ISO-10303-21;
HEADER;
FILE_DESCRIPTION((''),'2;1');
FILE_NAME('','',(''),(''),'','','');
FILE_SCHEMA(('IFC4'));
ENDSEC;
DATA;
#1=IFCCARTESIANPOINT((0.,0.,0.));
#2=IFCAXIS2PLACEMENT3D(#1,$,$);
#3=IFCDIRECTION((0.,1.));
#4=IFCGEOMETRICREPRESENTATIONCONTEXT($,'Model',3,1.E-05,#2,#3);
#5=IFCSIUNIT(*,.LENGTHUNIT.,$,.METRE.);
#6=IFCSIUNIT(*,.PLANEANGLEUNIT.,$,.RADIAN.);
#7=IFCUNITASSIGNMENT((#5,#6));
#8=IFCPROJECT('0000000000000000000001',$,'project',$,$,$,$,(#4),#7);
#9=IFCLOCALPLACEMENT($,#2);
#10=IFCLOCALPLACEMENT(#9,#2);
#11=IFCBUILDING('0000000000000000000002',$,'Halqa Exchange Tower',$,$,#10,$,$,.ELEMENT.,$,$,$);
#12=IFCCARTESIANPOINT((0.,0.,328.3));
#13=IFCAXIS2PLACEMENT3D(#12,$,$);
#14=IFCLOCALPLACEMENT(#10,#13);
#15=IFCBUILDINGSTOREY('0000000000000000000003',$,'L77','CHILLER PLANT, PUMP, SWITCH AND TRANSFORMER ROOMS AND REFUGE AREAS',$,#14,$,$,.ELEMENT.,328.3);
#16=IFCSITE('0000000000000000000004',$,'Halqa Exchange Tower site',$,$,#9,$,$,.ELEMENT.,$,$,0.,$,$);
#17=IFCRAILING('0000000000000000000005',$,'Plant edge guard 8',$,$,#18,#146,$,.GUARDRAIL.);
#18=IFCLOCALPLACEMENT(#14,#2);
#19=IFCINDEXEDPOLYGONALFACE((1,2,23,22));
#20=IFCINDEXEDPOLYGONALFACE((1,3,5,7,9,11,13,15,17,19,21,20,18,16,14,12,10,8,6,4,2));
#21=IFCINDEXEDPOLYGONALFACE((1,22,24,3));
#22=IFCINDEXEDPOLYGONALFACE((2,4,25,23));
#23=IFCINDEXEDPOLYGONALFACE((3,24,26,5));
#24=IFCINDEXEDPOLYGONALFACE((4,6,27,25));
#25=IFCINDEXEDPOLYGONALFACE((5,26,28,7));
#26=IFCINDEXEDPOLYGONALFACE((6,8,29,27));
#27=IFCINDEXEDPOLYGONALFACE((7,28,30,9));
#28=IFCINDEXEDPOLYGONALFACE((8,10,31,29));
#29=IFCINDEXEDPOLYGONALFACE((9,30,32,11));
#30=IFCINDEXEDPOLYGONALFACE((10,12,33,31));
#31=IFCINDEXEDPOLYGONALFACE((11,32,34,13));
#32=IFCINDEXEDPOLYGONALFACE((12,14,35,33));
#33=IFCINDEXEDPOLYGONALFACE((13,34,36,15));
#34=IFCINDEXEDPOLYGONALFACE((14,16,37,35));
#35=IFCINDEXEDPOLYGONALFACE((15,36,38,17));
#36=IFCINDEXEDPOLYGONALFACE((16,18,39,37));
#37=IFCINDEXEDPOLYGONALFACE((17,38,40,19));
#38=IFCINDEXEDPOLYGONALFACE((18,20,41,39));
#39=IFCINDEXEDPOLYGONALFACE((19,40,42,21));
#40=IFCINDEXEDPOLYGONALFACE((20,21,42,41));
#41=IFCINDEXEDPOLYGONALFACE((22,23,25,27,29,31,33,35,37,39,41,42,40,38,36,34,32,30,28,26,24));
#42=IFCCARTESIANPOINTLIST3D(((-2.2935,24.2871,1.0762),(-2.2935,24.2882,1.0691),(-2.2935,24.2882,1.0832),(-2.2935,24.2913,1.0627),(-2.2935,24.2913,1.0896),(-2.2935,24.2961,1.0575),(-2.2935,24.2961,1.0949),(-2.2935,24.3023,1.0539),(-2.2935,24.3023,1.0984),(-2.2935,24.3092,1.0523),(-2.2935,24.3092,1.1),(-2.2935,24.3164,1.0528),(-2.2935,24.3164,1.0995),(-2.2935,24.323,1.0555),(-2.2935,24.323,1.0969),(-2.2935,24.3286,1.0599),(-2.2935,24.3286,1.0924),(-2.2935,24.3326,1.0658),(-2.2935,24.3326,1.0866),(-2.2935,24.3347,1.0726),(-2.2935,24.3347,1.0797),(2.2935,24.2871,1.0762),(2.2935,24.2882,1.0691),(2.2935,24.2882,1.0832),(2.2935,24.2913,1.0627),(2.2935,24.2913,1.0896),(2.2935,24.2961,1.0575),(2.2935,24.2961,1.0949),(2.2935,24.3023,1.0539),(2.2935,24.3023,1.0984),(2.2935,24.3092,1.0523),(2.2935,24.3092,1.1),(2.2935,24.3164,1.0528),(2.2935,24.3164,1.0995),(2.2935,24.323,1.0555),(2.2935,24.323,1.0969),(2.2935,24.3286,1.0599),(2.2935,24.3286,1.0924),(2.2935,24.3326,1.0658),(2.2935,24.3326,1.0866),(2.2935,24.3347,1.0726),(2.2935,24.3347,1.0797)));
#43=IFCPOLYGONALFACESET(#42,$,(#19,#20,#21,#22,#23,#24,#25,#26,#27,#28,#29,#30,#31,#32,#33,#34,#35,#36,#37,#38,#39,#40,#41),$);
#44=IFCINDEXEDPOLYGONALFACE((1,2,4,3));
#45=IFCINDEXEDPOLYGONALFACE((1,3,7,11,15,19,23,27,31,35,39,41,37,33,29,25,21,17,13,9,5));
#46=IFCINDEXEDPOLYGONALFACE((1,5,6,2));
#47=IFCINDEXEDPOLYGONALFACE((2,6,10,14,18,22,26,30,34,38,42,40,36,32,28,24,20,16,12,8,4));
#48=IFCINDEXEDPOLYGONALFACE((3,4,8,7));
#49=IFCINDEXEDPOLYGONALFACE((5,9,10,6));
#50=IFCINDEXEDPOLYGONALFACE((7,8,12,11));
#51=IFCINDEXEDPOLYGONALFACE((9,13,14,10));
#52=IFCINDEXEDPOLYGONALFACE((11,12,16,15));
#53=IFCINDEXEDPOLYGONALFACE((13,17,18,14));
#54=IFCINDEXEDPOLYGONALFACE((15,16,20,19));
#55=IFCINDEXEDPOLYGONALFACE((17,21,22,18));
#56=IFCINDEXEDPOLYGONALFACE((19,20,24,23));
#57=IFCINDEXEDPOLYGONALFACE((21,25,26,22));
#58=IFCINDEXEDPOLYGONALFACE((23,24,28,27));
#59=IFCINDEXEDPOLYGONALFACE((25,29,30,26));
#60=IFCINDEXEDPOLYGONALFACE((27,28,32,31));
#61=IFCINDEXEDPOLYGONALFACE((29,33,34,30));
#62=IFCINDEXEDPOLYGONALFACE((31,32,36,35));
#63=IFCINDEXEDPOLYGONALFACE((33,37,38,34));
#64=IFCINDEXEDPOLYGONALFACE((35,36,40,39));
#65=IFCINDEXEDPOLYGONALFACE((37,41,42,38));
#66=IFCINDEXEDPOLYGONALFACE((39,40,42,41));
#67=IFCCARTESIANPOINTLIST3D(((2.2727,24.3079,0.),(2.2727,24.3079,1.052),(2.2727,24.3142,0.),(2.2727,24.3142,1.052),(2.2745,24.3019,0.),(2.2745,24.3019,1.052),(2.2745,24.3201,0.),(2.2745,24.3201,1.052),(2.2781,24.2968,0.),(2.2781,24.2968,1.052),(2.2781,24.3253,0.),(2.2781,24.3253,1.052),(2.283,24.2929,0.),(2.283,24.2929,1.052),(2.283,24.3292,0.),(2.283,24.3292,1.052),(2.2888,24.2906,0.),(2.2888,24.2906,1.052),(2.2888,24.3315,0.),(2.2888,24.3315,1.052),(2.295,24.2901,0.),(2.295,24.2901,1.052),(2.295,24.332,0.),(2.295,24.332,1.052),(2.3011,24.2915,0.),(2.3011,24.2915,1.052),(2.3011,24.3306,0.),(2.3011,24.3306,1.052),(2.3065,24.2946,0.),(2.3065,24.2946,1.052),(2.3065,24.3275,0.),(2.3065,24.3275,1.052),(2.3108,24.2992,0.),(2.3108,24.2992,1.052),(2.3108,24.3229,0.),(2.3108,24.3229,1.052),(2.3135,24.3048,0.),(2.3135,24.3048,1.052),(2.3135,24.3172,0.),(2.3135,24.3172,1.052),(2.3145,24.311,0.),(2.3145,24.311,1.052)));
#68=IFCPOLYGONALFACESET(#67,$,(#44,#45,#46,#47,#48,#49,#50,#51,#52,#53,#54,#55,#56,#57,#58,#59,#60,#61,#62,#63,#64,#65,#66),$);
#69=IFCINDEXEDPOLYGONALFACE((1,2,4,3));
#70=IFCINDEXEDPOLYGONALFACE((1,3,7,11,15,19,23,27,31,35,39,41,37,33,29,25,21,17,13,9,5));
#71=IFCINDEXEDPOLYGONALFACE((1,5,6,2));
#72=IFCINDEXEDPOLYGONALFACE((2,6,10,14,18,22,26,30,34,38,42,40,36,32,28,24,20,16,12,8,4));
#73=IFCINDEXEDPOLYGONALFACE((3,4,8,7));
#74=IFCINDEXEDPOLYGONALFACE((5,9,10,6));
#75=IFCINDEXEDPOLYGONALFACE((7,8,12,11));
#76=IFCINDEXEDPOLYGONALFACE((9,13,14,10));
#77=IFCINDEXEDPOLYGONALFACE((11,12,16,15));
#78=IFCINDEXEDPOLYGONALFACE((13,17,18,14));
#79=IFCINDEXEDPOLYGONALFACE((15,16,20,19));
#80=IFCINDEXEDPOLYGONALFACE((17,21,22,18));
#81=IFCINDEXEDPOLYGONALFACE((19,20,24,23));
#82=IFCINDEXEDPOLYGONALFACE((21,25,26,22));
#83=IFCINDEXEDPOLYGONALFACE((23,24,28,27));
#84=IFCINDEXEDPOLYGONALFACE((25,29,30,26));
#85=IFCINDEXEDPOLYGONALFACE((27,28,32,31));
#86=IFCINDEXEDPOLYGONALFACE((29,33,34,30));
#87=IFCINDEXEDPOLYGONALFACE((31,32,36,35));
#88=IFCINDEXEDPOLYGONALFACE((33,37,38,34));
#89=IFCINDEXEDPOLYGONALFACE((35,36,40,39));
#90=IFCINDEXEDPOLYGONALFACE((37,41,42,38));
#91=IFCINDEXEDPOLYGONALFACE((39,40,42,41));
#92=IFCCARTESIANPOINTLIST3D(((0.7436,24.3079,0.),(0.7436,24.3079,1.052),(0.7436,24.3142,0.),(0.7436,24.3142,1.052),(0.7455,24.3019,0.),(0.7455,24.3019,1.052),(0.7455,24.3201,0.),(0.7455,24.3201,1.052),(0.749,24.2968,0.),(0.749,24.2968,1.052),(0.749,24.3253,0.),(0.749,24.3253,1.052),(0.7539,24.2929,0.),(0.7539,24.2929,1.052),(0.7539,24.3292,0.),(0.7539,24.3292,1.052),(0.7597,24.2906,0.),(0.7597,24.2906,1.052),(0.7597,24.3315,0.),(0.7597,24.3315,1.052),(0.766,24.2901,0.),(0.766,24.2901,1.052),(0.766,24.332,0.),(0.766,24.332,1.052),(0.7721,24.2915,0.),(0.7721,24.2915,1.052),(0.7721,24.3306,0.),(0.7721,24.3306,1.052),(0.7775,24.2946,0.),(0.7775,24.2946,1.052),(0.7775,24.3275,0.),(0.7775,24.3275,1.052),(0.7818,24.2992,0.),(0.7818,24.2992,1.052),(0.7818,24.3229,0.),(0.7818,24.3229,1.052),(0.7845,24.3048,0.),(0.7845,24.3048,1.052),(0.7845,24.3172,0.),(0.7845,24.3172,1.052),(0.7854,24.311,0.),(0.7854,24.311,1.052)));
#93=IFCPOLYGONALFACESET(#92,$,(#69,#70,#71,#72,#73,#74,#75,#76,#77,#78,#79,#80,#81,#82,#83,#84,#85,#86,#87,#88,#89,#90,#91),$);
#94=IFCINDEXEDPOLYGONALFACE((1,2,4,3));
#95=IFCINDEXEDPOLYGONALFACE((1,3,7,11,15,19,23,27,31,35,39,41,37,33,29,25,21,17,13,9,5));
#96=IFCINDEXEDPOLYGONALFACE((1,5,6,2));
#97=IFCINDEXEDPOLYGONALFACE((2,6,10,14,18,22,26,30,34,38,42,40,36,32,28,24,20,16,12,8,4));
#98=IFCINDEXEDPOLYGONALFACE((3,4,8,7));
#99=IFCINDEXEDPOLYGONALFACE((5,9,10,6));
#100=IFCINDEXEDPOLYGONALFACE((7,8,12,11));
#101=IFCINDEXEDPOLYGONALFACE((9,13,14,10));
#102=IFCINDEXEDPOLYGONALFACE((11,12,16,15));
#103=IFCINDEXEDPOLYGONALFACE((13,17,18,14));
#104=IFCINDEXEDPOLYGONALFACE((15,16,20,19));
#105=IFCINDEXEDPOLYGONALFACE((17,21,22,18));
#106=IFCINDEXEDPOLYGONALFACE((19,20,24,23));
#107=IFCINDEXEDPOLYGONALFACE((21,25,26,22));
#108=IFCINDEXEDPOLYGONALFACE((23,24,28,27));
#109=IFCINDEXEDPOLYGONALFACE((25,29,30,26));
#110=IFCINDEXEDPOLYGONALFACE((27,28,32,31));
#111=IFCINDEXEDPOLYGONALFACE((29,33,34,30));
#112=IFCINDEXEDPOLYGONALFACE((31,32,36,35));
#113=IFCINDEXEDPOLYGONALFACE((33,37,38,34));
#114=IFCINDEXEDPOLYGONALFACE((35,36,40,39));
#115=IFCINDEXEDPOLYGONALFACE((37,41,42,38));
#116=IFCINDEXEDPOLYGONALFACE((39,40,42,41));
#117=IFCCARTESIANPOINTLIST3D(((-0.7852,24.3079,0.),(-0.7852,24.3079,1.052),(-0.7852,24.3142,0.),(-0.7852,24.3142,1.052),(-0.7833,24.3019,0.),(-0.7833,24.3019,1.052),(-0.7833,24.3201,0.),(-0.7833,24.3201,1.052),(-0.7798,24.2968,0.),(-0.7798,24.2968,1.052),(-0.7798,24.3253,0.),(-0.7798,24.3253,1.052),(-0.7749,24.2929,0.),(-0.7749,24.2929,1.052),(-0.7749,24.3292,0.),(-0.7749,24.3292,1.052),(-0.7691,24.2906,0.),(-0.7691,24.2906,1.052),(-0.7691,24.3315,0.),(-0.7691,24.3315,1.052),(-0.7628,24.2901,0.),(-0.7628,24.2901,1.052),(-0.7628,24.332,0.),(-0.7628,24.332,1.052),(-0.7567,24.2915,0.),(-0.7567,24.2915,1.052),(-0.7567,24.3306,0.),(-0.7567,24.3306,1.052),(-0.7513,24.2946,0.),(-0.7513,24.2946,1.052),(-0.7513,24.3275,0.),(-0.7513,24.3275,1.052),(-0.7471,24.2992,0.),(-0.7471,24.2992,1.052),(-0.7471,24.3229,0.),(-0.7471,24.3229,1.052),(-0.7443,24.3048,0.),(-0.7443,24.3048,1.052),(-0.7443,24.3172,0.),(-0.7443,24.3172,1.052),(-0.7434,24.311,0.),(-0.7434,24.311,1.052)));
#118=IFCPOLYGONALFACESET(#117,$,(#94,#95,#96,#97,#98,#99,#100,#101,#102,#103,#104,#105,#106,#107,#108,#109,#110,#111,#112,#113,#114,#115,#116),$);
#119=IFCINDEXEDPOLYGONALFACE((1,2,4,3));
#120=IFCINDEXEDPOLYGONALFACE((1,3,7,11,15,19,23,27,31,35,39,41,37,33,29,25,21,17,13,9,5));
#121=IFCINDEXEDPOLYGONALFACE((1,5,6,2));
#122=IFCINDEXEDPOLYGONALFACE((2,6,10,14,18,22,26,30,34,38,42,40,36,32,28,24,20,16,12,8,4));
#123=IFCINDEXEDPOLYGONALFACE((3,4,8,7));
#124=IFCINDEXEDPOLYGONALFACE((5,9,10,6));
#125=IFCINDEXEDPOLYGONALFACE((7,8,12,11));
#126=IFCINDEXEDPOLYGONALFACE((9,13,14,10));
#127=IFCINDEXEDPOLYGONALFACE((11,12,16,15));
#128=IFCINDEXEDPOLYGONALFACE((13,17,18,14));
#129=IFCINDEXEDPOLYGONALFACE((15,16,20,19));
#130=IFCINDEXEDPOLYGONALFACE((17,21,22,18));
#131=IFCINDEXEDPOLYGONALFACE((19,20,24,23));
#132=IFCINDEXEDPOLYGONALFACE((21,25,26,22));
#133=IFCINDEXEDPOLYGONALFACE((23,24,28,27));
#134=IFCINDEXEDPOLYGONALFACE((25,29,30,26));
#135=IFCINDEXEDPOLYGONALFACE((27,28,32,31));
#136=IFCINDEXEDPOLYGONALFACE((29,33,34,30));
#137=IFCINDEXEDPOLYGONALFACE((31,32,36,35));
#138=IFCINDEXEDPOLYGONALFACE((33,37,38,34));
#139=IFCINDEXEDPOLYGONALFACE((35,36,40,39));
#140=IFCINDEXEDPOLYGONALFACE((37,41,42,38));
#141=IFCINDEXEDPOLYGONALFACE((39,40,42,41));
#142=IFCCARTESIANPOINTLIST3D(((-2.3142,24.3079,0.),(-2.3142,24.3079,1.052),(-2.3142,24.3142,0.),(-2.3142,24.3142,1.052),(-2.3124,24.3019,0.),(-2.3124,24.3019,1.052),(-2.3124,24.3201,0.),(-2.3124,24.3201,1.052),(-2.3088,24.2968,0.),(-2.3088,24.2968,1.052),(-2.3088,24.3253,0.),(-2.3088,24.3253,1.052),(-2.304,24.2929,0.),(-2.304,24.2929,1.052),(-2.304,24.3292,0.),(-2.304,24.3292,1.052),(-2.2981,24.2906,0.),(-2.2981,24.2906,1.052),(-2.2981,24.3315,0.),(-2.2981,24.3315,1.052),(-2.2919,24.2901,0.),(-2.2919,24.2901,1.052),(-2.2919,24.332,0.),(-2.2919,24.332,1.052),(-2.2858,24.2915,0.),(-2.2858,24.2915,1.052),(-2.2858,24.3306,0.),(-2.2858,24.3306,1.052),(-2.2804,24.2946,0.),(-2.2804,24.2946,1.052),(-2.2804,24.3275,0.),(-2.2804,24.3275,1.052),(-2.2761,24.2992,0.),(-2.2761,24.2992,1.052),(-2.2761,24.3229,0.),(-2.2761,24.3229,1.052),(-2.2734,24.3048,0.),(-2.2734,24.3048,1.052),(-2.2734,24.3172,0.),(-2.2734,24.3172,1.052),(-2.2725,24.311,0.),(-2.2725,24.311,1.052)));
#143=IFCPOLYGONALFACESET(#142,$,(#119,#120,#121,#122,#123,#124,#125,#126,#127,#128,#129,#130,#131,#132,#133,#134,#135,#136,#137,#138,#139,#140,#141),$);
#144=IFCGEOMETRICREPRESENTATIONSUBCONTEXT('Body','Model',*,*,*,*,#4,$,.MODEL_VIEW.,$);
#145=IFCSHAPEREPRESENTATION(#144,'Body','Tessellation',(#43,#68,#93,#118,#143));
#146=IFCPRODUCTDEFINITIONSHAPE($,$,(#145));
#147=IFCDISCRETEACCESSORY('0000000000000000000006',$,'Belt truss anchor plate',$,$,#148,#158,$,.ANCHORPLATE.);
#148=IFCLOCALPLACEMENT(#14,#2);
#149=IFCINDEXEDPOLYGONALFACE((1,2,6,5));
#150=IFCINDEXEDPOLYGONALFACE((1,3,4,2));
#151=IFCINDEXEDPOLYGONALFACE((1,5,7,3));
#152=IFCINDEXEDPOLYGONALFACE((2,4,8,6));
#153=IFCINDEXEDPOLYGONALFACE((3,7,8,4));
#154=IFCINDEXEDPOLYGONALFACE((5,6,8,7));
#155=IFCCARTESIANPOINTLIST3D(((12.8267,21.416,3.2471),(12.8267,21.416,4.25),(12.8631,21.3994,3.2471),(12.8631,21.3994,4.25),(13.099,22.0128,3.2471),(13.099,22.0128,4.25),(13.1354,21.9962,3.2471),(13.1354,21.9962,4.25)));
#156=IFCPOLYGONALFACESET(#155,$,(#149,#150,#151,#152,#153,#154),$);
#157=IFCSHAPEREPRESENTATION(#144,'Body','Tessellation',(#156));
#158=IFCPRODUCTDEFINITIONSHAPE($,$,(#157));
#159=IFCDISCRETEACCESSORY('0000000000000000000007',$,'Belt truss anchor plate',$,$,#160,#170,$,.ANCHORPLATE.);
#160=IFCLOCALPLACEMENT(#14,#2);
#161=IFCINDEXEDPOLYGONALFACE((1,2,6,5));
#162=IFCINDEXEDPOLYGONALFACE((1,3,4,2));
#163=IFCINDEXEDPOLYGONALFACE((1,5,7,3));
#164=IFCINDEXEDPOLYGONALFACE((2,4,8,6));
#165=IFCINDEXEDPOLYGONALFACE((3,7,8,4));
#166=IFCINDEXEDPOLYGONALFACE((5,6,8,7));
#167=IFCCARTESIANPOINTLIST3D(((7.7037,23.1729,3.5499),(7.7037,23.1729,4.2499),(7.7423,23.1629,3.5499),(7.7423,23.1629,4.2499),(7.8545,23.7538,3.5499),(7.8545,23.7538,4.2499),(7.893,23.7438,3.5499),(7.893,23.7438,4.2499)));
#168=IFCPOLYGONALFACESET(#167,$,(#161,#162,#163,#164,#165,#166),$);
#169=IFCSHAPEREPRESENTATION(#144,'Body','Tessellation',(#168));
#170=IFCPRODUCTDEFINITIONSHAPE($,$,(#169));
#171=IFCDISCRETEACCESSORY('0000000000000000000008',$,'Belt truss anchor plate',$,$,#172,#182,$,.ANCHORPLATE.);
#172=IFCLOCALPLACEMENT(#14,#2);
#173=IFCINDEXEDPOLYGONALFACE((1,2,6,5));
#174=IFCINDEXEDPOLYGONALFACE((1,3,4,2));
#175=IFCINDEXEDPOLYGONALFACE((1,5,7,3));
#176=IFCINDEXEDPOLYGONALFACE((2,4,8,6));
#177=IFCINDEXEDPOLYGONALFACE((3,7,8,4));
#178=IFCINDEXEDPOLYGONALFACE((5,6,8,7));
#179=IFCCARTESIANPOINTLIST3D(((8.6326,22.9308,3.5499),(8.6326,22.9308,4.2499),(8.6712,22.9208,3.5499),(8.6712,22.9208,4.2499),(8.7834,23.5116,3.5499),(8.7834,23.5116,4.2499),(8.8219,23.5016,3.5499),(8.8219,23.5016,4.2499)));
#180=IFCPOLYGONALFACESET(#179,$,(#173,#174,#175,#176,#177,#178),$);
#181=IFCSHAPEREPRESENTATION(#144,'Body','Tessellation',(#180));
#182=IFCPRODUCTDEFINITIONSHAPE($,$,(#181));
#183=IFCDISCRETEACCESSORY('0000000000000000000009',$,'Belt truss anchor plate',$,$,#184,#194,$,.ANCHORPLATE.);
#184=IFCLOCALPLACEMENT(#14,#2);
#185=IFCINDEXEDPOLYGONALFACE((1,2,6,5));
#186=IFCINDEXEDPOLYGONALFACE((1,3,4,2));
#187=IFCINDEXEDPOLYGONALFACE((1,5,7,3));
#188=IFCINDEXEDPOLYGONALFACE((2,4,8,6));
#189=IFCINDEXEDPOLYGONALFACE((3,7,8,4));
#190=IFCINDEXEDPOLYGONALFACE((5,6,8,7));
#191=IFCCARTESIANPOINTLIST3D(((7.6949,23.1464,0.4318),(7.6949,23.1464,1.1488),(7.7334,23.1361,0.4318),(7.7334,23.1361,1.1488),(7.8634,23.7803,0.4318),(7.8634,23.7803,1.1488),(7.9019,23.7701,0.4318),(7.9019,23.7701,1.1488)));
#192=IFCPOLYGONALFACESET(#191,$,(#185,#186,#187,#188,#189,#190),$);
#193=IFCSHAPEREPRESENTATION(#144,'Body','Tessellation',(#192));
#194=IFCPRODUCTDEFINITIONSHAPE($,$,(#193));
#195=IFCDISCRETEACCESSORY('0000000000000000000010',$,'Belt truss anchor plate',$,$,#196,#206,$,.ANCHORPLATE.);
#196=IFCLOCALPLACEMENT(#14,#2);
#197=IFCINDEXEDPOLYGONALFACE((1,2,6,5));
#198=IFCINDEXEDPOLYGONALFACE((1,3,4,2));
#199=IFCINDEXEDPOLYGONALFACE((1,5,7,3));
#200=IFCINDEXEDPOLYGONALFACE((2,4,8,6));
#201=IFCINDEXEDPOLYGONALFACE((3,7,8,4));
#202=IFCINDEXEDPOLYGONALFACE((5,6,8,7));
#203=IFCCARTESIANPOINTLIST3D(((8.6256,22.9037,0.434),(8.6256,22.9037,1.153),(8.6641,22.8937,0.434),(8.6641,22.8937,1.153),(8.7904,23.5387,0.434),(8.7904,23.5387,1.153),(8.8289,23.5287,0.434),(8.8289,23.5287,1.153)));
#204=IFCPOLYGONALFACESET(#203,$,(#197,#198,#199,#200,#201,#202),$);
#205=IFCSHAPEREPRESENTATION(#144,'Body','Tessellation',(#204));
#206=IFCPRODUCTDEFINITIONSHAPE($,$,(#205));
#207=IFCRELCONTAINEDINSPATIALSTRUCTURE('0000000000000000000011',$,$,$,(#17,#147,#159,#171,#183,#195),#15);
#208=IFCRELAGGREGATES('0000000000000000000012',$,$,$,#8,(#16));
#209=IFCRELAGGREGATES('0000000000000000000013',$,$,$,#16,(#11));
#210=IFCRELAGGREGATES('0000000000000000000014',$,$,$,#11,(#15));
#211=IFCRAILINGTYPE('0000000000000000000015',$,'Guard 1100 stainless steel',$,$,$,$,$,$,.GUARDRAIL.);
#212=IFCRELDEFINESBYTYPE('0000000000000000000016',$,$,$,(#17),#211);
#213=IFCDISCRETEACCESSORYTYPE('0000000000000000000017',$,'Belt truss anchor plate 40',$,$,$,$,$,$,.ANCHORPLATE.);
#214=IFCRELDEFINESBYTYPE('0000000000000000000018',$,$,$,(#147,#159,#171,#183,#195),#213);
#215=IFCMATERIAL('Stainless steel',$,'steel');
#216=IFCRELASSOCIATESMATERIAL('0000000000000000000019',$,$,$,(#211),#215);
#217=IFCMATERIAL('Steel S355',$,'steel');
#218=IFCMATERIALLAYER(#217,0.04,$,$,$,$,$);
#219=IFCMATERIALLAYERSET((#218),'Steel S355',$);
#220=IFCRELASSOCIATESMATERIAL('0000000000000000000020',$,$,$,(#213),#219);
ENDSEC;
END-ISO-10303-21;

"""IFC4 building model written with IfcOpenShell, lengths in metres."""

from ifc_helpers import new_model, si_unit, direction, frame, origin, origin_2d, place, context, subcontext, project, spatial, rectangle, circle, extrude, material, layer, layer_set, type_object, element, save


model = new_model("IFC4")

# Units and contexts
model_context = context("Model", 3, precision=1e-05, world=origin(), true_north=direction((0.0, 1.0)))
body_context = subcontext(model_context, "Body", "Model", "MODEL_VIEW")
ifc_project = project(units=[si_unit("LENGTHUNIT", "METRE"), si_unit("PLANEANGLEUNIT", "RADIAN")], contexts=[model_context])

# Site, building, storey
site_placement = place(None, origin())
site = spatial("IfcSite", under=ifc_project, at=site_placement, Name="Halqa Exchange Tower site", CompositionType="ELEMENT", RefElevation=0.0)
building_placement = place(site_placement, origin())
building = spatial("IfcBuilding", under=site, at=building_placement, Name="Halqa Exchange Tower", CompositionType="ELEMENT")
storey_placement = place(building_placement, frame((0.0, 0.0, 328.3)))
storey = spatial("IfcBuildingStorey", under=building, at=storey_placement, Name="L77", Description="CHILLER PLANT, PUMP, SWITCH AND TRANSFORMER ROOMS AND REFUGE AREAS", CompositionType="ELEMENT", Elevation=328.3)

# Shared definitions
ifc_material_1 = material(Name="Steel S355", Category="steel")

# Railing
ifc_material_2 = material(Name="Stainless steel", Category="steel")
railing_type = type_object("IfcRailingType", Name="Guard 1100 stainless steel", PredefinedType="GUARDRAIL", material=ifc_material_2)
railing_1_placement = place(storey_placement, frame((2.2935, 24.311, 0.0)))
element("IfcRailing", 1, at=railing_1_placement, inside=storey, type_object=railing_type, Name="Plant edge guard 8", PredefinedType="GUARDRAIL", context=body_context, shape_type="SweptSolid", body=[
    extrude(circle(Radius=0.0239, at=origin_2d()), frame((0.0, 0.0, 1.0762), z_axis=(-1.0, 0.0, 0.0), x_axis=(0.0, -1.0, 0.0)), (0.0, 0.0, 1.0), 4.5869),
    extrude(circle(Radius=0.021, at=origin_2d()), origin(), (0.0, 0.0, 1.0), 1.052),
    extrude(circle(Radius=0.021, at=origin_2d()), frame((-1.5291, 0.0, 0.0)), (0.0, 0.0, 1.0), 1.052),
    extrude(circle(Radius=0.021, at=origin_2d()), frame((-3.0579, 0.0, 0.0)), (0.0, 0.0, 1.0), 1.052),
    extrude(circle(Radius=0.021, at=origin_2d()), frame((-4.5869, 0.0, 0.0)), (0.0, 0.0, 1.0), 1.052),
])

# Discrete accessories
ifc_layer_1 = layer(ifc_material_1, 0.04)
ifc_layer_set_1 = layer_set([ifc_layer_1], Name="Steel S355")
discrete_accessory_type = type_object("IfcDiscreteAccessoryType", Name="Belt truss anchor plate 40", PredefinedType="ANCHORPLATE", material=ifc_layer_set_1)
discrete_accessory_1_placement = place(storey_placement, frame((12.9993, 21.6978, 3.7485), z_axis=(-0.909738, 0.415183, 0.0), x_axis=(-0.415183, -0.909738, 0.0)))
element("IfcDiscreteAccessory", 2, at=discrete_accessory_1_placement, inside=storey, type_object=discrete_accessory_type, Name="Belt truss anchor plate", PredefinedType="ANCHORPLATE", context=body_context, shape_type="SweptSolid", body=[
    extrude(rectangle(XDim=0.656, YDim=1.0029, at=origin_2d()), origin(), (0.0, 0.0, 1.0), 0.04),
])
for number, where, z_axis, x_axis, name in (
    (3, (7.8176, 23.4534, 3.8999), (-0.967942, 0.251175, 0.0), (-0.251175, -0.967942, 0.0), "Belt truss anchor plate"),
    (4, (8.708, 23.2212, 3.8999), (0.967942, -0.251175, 0.0), (0.251175, 0.967942, 0.0), "Belt truss anchor plate"),
):
    element("IfcDiscreteAccessory", number, at=place(storey_placement, frame(where, z_axis=z_axis, x_axis=x_axis)), inside=storey, type_object=discrete_accessory_type, Name=name, PredefinedType="ANCHORPLATE", context=body_context, shape_type="SweptSolid", body=[
        extrude(rectangle(XDim=0.6001, YDim=0.7, at=origin_2d()), origin(), (0.0, 0.0, 1.0), 0.0398),
    ])
discrete_accessory_2_placement = place(storey_placement, frame((7.8176, 23.4531, 0.7903), z_axis=(-0.966438, 0.256901, 0.0), x_axis=(-0.256901, -0.966438, 0.0)))
element("IfcDiscreteAccessory", 5, at=discrete_accessory_2_placement, inside=storey, type_object=discrete_accessory_type, Name="Belt truss anchor plate", PredefinedType="ANCHORPLATE", context=body_context, shape_type="SweptSolid", body=[
    extrude(rectangle(XDim=0.656, YDim=0.717, at=origin_2d()), origin(), (0.0, 0.0, 1.0), 0.0398),
])
discrete_accessory_3_placement = place(storey_placement, frame((8.708, 23.2212, 0.7935), z_axis=(0.967942, -0.251175, 0.0), x_axis=(0.251175, 0.967942, 0.0)))
element("IfcDiscreteAccessory", 6, at=discrete_accessory_3_placement, inside=storey, type_object=discrete_accessory_type, Name="Belt truss anchor plate", PredefinedType="ANCHORPLATE", context=body_context, shape_type="SweptSolid", body=[
    extrude(rectangle(XDim=0.656, YDim=0.719, at=origin_2d()), origin(), (0.0, 0.0, 1.0), 0.0398),
])

save(model, "model.ifc")
